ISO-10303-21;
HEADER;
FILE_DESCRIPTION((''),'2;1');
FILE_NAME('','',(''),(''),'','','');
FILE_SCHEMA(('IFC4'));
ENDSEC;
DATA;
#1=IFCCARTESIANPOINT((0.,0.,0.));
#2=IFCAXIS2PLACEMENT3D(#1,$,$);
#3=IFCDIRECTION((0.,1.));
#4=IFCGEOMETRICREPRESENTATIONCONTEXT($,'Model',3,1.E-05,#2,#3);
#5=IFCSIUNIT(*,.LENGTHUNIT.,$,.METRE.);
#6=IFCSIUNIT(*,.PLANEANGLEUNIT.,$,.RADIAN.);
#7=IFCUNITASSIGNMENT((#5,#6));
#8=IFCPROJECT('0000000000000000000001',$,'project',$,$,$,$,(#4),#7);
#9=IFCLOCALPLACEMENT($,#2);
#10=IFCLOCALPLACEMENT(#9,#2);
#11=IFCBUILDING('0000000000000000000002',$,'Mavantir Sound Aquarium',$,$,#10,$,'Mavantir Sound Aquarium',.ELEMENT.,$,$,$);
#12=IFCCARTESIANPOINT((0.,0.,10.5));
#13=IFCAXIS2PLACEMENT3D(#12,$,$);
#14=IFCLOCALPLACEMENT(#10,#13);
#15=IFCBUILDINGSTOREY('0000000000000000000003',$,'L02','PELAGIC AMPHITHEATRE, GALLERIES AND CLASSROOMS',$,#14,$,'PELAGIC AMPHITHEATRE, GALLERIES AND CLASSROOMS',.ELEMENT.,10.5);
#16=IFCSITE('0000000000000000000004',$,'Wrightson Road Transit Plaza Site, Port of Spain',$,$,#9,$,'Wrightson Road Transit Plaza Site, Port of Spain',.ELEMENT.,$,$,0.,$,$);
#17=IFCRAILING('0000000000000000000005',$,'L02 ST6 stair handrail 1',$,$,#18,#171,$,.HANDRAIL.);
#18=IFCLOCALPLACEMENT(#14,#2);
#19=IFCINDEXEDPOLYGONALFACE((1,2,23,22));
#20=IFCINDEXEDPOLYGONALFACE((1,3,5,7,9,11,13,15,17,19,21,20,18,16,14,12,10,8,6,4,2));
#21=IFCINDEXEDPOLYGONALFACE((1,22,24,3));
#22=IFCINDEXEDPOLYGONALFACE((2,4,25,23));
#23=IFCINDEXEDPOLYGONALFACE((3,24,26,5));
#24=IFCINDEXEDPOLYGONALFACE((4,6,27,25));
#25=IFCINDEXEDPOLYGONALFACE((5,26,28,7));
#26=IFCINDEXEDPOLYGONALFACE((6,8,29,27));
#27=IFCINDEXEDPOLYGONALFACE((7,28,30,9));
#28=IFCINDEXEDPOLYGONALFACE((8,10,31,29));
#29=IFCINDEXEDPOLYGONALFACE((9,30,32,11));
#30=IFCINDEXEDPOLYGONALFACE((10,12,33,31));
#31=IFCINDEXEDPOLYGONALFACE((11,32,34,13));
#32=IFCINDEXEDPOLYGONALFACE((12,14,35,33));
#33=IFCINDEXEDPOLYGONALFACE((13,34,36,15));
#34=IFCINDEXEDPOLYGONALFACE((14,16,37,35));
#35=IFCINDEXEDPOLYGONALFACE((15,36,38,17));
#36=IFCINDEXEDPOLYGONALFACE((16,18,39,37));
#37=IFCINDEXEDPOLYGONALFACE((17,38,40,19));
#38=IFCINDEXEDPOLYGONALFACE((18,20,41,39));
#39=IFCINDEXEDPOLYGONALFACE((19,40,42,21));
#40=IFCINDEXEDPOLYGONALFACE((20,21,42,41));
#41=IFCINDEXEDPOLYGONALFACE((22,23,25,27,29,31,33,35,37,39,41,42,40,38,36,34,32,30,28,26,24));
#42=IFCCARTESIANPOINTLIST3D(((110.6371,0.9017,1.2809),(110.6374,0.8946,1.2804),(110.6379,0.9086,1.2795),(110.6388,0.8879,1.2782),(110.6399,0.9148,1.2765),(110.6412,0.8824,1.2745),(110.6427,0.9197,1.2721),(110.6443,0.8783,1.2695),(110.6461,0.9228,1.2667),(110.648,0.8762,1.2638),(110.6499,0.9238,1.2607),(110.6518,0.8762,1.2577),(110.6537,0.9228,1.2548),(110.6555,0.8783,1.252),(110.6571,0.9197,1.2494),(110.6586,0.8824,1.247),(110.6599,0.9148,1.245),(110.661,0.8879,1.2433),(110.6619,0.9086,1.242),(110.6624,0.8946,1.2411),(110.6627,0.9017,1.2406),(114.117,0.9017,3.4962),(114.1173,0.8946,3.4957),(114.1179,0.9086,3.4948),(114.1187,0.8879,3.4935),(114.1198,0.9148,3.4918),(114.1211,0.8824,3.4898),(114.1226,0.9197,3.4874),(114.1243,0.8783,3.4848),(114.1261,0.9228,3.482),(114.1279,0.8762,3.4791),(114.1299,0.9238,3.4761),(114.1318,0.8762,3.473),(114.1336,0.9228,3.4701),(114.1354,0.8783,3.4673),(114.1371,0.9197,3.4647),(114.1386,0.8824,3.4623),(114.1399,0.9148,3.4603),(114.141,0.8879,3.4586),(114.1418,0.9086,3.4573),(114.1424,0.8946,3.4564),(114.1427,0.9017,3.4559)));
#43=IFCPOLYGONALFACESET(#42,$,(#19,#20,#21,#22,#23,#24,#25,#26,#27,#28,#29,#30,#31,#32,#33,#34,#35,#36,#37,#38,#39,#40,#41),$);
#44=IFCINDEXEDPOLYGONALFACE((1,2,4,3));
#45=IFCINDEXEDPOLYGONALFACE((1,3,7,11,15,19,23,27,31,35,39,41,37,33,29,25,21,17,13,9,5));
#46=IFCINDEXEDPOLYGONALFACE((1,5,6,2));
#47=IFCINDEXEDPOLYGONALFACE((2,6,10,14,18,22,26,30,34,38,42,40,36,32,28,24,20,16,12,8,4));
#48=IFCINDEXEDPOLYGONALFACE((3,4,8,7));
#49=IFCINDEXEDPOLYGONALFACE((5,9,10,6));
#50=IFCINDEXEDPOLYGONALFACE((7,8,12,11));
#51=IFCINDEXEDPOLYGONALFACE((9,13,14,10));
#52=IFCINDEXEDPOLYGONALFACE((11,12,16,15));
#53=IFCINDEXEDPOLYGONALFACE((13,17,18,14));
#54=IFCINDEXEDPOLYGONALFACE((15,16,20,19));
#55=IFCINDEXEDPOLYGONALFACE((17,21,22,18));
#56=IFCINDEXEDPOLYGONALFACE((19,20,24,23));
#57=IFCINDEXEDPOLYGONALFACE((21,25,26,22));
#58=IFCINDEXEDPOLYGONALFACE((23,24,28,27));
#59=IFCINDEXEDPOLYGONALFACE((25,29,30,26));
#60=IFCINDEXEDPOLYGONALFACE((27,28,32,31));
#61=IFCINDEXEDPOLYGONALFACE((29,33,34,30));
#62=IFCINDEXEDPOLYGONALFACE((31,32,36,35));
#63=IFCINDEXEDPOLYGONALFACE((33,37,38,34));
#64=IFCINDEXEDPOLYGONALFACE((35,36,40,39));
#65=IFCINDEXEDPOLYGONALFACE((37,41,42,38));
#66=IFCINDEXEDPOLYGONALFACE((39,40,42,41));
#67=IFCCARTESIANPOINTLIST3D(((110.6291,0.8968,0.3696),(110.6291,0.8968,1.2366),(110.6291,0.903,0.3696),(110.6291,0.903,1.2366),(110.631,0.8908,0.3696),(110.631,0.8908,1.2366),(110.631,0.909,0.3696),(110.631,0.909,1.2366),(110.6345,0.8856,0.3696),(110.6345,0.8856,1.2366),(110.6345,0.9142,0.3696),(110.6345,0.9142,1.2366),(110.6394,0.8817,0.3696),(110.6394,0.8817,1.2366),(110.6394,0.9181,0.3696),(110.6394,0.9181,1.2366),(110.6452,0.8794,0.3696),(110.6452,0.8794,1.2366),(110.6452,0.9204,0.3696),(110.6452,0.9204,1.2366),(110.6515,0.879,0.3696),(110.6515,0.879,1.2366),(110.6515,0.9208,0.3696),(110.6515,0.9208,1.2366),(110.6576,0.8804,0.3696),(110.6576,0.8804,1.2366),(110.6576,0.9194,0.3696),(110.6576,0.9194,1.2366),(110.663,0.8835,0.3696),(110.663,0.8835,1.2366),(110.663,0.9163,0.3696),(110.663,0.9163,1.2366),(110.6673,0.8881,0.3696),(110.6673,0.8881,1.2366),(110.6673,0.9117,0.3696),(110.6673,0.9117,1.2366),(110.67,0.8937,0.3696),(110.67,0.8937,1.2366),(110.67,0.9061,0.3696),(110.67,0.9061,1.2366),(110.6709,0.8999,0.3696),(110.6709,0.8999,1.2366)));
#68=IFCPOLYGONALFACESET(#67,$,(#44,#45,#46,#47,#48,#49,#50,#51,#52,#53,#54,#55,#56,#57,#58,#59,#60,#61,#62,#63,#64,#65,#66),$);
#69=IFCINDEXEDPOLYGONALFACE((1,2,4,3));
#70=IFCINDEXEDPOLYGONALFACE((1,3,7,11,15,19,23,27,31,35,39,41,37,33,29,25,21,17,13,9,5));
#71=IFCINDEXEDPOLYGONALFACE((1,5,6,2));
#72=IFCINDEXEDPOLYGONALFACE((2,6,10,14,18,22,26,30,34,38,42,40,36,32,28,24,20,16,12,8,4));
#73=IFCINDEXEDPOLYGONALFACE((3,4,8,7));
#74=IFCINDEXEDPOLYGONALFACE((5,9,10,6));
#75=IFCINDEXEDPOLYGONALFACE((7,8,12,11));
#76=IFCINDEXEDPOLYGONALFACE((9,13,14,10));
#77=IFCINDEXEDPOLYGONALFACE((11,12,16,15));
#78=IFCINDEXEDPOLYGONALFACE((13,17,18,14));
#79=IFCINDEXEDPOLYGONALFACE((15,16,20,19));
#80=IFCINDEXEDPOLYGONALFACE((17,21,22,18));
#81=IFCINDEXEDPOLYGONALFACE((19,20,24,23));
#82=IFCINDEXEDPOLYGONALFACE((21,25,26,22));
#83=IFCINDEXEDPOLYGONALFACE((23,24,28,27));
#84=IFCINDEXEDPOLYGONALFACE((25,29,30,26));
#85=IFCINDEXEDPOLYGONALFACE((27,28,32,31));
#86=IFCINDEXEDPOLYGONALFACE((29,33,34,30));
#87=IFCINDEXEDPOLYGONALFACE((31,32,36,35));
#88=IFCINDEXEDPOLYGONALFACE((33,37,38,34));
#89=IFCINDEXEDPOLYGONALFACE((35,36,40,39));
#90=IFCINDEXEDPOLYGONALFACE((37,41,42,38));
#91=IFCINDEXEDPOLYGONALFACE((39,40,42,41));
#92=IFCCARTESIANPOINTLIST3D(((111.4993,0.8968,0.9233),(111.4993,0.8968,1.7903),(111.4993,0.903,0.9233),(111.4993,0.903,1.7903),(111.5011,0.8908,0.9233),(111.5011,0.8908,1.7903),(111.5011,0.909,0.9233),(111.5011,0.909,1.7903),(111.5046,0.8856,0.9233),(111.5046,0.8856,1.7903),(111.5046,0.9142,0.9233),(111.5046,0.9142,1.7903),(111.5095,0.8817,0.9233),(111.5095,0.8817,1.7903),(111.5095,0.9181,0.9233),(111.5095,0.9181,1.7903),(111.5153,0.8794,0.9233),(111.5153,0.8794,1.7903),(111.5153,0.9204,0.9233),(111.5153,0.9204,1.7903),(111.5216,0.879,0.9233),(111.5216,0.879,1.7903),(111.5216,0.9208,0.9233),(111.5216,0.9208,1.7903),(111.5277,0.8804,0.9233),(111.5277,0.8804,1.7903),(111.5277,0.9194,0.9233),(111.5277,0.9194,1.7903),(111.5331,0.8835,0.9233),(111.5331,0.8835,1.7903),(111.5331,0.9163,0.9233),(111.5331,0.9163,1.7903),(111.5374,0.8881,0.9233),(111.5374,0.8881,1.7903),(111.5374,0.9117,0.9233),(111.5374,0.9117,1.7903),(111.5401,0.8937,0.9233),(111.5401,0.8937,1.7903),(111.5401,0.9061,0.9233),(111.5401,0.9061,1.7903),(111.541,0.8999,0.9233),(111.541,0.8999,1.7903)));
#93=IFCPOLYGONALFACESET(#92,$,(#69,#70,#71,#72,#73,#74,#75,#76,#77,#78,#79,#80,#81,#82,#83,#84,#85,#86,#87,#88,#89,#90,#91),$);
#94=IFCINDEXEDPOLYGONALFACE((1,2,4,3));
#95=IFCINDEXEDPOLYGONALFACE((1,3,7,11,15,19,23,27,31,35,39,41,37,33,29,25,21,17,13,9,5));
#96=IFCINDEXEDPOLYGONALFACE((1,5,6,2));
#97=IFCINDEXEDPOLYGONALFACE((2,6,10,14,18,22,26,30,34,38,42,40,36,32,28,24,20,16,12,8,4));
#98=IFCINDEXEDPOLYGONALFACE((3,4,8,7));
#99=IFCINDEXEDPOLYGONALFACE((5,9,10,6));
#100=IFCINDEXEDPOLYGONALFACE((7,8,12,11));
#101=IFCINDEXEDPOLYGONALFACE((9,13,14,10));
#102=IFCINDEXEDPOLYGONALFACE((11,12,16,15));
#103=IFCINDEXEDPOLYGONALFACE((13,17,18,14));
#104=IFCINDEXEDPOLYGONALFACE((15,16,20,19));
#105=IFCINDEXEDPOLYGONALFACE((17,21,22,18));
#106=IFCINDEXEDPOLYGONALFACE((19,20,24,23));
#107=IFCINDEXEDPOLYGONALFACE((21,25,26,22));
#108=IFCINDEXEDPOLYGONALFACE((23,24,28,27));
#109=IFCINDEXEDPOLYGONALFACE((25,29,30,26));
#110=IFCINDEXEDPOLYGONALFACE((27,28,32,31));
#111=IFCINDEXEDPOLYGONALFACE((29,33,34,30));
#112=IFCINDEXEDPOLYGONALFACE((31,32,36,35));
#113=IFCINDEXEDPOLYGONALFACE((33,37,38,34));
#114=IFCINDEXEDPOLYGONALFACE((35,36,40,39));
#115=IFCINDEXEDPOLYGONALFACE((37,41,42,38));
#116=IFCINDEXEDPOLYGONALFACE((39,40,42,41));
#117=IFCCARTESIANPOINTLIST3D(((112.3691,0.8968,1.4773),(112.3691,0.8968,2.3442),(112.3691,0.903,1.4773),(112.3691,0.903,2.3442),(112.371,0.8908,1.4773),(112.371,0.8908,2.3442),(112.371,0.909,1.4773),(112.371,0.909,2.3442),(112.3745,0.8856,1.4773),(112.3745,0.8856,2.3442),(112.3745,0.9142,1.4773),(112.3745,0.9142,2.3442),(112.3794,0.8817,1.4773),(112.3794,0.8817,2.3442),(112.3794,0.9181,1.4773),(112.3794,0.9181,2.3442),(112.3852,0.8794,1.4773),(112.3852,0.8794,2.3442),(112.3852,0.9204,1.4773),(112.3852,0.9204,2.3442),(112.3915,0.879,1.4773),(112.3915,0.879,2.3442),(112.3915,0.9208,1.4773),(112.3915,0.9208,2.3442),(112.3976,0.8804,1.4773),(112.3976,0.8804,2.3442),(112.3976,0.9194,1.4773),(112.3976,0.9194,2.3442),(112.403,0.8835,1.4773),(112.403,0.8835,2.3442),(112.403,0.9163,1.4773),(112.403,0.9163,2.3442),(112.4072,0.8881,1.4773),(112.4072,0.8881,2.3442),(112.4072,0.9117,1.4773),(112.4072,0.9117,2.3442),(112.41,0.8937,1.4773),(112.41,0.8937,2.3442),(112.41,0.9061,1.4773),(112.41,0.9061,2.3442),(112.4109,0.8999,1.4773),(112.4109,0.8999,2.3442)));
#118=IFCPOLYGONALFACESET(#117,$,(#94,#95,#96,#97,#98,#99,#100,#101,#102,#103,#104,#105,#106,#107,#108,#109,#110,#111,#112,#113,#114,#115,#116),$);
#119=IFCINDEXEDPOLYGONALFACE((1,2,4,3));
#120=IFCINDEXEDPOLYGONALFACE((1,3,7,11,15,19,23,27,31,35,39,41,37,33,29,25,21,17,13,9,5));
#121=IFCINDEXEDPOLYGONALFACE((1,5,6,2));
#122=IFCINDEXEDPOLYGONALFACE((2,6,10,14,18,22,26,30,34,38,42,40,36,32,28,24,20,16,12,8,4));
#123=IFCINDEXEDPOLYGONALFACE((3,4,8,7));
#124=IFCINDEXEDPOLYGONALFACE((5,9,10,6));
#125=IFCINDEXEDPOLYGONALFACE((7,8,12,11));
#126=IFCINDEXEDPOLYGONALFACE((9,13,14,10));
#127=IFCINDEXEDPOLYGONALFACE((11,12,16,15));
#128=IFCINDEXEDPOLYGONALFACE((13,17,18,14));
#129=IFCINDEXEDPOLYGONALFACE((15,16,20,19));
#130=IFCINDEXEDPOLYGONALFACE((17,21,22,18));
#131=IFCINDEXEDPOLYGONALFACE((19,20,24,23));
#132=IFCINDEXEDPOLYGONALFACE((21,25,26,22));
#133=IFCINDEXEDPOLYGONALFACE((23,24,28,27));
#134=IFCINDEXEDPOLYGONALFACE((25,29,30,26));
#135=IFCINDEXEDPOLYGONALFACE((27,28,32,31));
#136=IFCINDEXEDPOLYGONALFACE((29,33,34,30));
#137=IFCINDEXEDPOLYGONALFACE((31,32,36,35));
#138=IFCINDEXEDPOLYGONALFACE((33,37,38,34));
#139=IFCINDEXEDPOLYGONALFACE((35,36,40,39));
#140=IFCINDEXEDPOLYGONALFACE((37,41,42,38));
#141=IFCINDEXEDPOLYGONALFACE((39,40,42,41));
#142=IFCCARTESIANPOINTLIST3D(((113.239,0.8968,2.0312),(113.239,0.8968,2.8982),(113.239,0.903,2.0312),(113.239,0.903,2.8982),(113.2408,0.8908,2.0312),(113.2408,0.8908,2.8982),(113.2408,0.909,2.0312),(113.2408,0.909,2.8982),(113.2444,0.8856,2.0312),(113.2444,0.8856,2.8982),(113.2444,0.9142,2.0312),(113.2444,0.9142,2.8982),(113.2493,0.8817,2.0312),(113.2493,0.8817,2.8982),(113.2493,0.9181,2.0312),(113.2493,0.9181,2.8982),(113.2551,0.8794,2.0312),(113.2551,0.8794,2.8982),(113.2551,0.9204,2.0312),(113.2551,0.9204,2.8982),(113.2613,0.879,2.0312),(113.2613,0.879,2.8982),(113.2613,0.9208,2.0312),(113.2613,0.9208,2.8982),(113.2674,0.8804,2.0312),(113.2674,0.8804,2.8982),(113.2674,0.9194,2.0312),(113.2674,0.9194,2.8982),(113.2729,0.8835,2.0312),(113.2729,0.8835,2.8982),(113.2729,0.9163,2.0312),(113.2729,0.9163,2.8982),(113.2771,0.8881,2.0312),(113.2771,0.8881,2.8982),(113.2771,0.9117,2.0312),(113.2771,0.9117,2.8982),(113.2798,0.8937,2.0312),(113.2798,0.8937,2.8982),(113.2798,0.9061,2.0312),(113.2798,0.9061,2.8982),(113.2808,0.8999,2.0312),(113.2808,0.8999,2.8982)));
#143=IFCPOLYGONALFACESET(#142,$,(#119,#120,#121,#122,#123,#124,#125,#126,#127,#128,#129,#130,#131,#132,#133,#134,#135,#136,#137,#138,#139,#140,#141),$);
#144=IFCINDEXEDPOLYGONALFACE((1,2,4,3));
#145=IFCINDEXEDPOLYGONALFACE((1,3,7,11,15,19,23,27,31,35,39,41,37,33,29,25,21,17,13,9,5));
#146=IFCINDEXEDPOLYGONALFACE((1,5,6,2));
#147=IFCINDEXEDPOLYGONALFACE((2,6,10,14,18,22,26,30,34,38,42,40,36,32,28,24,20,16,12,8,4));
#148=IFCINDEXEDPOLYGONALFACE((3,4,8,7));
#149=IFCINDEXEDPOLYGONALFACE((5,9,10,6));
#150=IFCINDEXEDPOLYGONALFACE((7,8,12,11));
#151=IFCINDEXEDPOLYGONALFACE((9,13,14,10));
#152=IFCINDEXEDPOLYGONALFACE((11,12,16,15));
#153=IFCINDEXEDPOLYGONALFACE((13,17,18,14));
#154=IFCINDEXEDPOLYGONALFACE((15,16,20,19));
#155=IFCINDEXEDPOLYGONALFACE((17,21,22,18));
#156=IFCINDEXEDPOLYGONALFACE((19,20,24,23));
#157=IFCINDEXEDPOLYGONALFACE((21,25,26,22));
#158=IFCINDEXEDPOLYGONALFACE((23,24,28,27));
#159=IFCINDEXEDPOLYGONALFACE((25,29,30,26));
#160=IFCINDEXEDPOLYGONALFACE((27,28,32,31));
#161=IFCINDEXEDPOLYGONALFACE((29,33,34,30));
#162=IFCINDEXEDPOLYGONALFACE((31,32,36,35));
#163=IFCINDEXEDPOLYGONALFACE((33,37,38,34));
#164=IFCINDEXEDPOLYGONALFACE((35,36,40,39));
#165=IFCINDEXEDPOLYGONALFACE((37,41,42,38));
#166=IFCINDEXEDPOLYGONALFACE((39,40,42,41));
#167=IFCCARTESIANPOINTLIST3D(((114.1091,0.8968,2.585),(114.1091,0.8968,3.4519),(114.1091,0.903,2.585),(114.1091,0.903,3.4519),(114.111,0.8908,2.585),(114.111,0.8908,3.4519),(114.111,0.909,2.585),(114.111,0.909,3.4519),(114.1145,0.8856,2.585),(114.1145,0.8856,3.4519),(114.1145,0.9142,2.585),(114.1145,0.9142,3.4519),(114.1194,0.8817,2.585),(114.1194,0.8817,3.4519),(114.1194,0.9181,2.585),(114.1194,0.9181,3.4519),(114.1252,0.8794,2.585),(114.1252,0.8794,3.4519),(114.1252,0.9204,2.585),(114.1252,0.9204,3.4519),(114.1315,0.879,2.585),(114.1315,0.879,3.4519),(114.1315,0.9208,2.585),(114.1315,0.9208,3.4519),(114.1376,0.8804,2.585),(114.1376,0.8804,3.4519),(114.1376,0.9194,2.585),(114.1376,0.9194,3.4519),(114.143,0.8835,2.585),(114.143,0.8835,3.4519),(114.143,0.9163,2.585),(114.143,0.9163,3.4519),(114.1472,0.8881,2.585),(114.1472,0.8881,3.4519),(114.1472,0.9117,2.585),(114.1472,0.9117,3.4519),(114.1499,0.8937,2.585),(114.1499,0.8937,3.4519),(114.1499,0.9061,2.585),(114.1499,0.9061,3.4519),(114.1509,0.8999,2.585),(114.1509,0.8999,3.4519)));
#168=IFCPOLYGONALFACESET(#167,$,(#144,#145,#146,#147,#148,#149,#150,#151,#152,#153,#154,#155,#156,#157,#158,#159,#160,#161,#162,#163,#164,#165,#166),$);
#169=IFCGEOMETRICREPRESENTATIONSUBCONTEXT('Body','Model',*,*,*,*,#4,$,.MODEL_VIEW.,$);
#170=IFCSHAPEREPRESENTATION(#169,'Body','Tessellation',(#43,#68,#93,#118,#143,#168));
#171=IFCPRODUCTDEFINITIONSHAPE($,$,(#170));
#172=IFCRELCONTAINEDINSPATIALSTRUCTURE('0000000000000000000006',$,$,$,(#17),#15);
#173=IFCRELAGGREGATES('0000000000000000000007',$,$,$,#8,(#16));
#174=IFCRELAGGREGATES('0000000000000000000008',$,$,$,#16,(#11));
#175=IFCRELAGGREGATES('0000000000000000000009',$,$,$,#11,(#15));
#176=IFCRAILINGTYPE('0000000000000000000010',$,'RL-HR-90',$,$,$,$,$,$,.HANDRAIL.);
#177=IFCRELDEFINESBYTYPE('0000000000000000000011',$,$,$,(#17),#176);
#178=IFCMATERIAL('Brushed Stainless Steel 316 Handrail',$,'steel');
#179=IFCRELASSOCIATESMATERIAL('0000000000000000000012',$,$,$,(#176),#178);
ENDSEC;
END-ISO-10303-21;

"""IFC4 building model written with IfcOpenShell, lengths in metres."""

from ifc_helpers import new_model, si_unit, direction, frame, origin, origin_2d, place, context, subcontext, project, spatial, circle, extrude, material, type_object, element, save


model = new_model("IFC4")

# Units and contexts
model_context = context("Model", 3, precision=1e-05, world=origin(), true_north=direction((0.0, 1.0)))
body_context = subcontext(model_context, "Body", "Model", "MODEL_VIEW")
ifc_project = project(units=[si_unit("LENGTHUNIT", "METRE"), si_unit("PLANEANGLEUNIT", "RADIAN")], contexts=[model_context])

# Site, building, storey
site_placement = place(None, origin())
site = spatial("IfcSite", under=ifc_project, at=site_placement, Name="Wrightson Road Transit Plaza Site, Port of Spain", LongName="Wrightson Road Transit Plaza Site, Port of Spain", CompositionType="ELEMENT", RefElevation=0.0)
building_placement = place(site_placement, origin())
building = spatial("IfcBuilding", under=site, at=building_placement, Name="Mavantir Sound Aquarium", LongName="Mavantir Sound Aquarium", CompositionType="ELEMENT")
storey_placement = place(building_placement, frame((0.0, 0.0, 10.5)))
storey = spatial("IfcBuildingStorey", under=building, at=storey_placement, Name="L02", Description="PELAGIC AMPHITHEATRE, GALLERIES AND CLASSROOMS", LongName="PELAGIC AMPHITHEATRE, GALLERIES AND CLASSROOMS", CompositionType="ELEMENT", Elevation=10.5)

# Railing
ifc_material_1 = material(Name="Brushed Stainless Steel 316 Handrail", Category="steel")
railing_type_1 = type_object("IfcRailingType", Name="RL-HR-90", PredefinedType="HANDRAIL", material=ifc_material_1)
railing_1_placement = place(storey_placement, frame((110.6499, 0.8999, 0.3696)))
element("IfcRailing", 1, at=railing_1_placement, inside=storey, type_object=railing_type_1, Name="L02 ST6 stair handrail 1", PredefinedType="HANDRAIL", context=body_context, shape_type="SweptSolid", body=[
    extrude(circle(Radius=0.0239, at=origin_2d()), frame((0.0, 0.0, 0.8911), z_axis=(0.843574, 0.0, 0.537013), x_axis=(0.0, 1.0, 0.0)), (0.0, 0.0, 1.0), 4.1252),
    extrude(circle(Radius=0.021, at=origin_2d()), origin(), (0.0, 0.0, 1.0), 0.8669),
    extrude(circle(Radius=0.021, at=origin_2d()), frame((0.8701, 0.0, 0.5537)), (0.0, 0.0, 1.0), 0.8669),
    extrude(circle(Radius=0.021, at=origin_2d()), frame((1.74, 0.0, 1.1077)), (0.0, 0.0, 1.0), 0.8669),
    extrude(circle(Radius=0.021, at=origin_2d()), frame((2.6099, 0.0, 1.6616)), (0.0, 0.0, 1.0), 0.8669),
    extrude(circle(Radius=0.021, at=origin_2d()), frame((3.48, 0.0, 2.2153)), (0.0, 0.0, 1.0), 0.8669),
])

save(model, "model.ifc")
